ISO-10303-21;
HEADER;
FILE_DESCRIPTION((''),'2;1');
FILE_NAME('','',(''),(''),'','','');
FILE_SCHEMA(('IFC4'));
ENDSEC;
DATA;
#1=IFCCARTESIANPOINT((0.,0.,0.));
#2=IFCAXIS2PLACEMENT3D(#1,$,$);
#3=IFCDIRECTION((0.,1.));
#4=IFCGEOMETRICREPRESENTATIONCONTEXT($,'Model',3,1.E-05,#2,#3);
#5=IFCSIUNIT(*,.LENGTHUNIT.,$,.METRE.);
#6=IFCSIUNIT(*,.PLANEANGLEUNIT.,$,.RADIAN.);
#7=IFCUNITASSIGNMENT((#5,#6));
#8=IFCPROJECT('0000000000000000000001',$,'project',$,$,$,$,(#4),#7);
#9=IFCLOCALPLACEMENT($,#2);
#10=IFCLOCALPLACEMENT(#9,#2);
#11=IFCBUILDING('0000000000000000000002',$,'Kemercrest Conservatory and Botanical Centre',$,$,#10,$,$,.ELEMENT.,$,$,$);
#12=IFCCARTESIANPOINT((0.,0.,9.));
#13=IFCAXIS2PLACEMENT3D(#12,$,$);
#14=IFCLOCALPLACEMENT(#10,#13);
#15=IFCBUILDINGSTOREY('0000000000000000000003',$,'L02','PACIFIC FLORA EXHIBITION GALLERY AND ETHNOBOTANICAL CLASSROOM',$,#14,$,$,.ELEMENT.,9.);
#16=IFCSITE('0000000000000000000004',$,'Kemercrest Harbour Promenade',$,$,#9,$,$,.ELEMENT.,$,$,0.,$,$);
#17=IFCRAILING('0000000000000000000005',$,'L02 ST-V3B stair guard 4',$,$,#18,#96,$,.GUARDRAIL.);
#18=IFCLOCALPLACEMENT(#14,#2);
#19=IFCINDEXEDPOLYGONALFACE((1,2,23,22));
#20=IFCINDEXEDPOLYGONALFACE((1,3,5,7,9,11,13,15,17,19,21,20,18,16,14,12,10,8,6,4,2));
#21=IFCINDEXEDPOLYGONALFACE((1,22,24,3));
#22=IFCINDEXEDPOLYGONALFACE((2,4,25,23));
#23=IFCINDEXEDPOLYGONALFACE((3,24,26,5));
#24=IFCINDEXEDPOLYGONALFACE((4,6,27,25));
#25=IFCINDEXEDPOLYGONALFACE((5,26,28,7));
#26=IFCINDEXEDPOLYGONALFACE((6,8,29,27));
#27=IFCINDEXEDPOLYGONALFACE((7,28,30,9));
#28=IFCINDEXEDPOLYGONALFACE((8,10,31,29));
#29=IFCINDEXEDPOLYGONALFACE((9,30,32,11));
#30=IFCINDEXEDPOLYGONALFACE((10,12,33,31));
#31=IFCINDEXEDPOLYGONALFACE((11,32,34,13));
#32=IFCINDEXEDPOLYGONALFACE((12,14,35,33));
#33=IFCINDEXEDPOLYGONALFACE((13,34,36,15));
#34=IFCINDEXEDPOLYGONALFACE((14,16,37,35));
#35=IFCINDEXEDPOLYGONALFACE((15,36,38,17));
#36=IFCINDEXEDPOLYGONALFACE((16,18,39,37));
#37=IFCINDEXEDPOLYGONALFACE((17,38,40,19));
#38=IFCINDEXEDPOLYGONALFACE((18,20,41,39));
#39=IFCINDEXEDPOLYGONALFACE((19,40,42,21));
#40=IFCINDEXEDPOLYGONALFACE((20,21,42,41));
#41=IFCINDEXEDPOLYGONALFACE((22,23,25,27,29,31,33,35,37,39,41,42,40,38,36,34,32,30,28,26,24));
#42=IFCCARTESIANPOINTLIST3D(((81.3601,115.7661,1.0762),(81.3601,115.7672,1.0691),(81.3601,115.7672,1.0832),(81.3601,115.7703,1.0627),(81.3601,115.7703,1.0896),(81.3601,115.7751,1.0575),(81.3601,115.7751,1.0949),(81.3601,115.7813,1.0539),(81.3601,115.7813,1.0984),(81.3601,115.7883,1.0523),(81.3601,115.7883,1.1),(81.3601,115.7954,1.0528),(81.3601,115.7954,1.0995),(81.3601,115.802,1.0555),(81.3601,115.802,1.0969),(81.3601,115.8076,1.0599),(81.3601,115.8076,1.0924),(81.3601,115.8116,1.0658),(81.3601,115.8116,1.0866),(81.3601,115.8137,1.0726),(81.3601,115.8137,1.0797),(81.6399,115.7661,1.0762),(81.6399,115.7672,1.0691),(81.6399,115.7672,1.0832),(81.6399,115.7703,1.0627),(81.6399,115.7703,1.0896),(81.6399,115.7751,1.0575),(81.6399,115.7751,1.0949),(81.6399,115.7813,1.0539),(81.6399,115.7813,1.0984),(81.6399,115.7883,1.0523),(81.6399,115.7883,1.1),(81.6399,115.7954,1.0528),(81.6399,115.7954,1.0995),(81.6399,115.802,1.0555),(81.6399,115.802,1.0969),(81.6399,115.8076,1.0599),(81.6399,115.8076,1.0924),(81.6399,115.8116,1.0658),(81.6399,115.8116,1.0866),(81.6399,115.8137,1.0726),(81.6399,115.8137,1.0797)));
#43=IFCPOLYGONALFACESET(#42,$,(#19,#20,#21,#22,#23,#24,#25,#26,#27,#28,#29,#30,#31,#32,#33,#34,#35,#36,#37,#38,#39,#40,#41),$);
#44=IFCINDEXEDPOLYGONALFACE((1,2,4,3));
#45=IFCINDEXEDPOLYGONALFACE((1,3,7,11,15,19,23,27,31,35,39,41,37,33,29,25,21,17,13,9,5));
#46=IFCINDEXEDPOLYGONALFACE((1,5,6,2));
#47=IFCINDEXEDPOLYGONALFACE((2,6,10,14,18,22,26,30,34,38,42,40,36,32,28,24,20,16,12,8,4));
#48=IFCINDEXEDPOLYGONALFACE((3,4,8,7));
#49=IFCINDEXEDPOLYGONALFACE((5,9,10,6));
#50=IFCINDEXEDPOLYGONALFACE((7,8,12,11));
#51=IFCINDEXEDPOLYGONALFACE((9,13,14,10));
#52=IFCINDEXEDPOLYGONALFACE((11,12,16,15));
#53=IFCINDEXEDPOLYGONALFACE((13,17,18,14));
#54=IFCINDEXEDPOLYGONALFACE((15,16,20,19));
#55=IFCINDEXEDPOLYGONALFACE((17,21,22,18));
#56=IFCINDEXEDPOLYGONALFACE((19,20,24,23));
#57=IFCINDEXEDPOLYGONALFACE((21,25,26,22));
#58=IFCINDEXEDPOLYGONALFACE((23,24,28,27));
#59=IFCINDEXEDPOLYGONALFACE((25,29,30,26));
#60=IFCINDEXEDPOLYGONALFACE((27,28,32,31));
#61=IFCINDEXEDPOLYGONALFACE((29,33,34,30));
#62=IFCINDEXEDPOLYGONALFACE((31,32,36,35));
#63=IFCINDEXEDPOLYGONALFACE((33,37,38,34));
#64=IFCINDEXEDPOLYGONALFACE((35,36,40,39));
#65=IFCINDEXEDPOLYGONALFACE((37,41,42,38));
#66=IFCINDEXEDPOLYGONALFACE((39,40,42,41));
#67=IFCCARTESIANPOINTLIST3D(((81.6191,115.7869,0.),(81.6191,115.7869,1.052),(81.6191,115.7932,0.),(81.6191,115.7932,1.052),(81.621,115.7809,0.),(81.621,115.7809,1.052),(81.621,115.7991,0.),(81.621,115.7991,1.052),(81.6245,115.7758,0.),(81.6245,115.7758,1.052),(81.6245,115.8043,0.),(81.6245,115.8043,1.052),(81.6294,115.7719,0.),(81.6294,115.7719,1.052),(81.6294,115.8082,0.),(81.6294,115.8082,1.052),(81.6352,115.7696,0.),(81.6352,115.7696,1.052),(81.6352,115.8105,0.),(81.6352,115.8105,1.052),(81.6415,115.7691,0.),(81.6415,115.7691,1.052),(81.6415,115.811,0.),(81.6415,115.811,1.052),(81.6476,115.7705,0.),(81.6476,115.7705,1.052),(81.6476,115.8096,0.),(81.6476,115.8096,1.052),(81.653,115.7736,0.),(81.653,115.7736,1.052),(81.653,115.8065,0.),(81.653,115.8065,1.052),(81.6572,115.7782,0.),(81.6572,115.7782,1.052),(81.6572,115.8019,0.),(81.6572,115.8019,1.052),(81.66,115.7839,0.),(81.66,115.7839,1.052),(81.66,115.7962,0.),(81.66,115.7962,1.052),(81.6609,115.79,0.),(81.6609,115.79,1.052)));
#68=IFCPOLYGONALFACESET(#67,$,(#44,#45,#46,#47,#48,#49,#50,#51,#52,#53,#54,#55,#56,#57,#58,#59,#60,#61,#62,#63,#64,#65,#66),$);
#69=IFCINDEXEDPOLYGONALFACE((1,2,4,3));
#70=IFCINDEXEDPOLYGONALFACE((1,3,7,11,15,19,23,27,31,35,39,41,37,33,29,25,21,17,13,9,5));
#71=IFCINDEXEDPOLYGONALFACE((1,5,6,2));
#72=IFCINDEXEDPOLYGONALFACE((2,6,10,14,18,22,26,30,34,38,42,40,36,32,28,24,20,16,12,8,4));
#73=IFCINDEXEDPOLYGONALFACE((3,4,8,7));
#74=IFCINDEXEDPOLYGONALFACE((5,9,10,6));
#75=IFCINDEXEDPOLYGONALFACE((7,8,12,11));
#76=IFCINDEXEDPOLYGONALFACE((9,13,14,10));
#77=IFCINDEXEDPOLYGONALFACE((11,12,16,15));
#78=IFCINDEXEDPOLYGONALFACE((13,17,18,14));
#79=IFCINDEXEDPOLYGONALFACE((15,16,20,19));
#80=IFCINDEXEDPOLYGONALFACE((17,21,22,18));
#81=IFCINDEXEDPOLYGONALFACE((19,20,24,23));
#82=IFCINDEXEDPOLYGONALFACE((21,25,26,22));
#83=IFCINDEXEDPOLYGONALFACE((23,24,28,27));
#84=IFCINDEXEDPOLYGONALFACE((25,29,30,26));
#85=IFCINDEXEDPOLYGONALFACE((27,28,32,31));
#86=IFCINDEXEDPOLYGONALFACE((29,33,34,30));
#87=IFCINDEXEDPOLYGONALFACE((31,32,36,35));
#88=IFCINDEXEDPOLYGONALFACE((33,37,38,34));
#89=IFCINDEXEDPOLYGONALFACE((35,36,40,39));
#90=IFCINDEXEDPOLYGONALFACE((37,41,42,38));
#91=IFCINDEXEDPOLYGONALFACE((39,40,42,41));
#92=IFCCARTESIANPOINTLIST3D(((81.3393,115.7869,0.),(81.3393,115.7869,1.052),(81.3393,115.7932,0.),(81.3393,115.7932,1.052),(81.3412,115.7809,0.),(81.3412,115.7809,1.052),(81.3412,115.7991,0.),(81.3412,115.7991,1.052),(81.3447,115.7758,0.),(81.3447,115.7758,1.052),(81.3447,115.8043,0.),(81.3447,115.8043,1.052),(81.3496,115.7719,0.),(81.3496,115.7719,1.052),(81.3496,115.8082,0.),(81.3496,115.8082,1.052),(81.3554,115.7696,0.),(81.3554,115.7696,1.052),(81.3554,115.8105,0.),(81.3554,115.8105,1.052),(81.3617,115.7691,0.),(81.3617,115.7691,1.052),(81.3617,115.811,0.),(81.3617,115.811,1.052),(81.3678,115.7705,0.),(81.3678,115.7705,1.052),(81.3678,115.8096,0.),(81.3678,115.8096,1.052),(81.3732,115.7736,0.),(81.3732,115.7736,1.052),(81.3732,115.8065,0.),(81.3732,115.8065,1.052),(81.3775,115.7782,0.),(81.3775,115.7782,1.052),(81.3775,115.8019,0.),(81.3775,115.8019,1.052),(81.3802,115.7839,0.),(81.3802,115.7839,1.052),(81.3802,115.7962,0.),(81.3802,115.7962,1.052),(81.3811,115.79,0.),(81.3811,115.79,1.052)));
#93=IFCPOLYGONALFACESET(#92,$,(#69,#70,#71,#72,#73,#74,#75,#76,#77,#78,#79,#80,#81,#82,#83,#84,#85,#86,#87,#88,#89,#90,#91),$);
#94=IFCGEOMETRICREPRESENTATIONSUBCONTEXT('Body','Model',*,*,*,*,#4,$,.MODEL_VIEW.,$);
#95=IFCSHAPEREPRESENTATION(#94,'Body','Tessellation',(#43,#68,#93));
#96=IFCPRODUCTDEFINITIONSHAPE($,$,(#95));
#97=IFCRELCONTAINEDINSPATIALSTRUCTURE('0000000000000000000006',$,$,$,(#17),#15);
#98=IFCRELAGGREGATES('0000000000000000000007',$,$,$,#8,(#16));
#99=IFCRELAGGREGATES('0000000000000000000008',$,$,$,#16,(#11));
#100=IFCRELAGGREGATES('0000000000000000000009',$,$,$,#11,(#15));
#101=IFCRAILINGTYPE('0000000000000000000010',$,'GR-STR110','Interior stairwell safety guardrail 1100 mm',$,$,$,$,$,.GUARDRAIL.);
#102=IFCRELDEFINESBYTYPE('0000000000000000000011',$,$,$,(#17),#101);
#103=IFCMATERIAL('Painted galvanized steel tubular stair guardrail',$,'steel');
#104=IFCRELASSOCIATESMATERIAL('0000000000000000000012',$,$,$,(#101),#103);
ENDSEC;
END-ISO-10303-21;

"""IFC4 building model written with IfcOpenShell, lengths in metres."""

from ifc_helpers import new_model, si_unit, direction, frame, origin, origin_2d, place, context, subcontext, project, spatial, circle, extrude, material, type_object, element, save


model = new_model("IFC4")

# Units and contexts
model_context = context("Model", 3, precision=1e-05, world=origin(), true_north=direction((0.0, 1.0)))
body_context = subcontext(model_context, "Body", "Model", "MODEL_VIEW")
ifc_project = project(units=[si_unit("LENGTHUNIT", "METRE"), si_unit("PLANEANGLEUNIT", "RADIAN")], contexts=[model_context])

# Site, building, storey
site_placement = place(None, origin())
site = spatial("IfcSite", under=ifc_project, at=site_placement, Name="Kemercrest Harbour Promenade", CompositionType="ELEMENT", RefElevation=0.0)
building_placement = place(site_placement, origin())
building = spatial("IfcBuilding", under=site, at=building_placement, Name="Kemercrest Conservatory and Botanical Centre", CompositionType="ELEMENT")
storey_placement = place(building_placement, frame((0.0, 0.0, 9.0)))
storey = spatial("IfcBuildingStorey", under=building, at=storey_placement, Name="L02", Description="PACIFIC FLORA EXHIBITION GALLERY AND ETHNOBOTANICAL CLASSROOM", CompositionType="ELEMENT", Elevation=9.0)

# Railing
ifc_material_1 = material(Name="Painted galvanized steel tubular stair guardrail", Category="steel")
railing_type_1 = type_object("IfcRailingType", Name="GR-STR110", Description="Interior stairwell safety guardrail 1100 mm", PredefinedType="GUARDRAIL", material=ifc_material_1)
railing_1_placement = place(storey_placement, frame((81.6399, 115.79, 0.0)))
element("IfcRailing", 1, at=railing_1_placement, inside=storey, type_object=railing_type_1, Name="L02 ST-V3B stair guard 4", PredefinedType="GUARDRAIL", context=body_context, shape_type="SweptSolid", body=[
    extrude(circle(Radius=0.0239, at=origin_2d()), frame((0.0, 0.0, 1.0762), z_axis=(-1.0, 0.0, 0.0), x_axis=(0.0, -1.0, 0.0)), (0.0, 0.0, 1.0), 0.2798),
    extrude(circle(Radius=0.021, at=origin_2d()), origin(), (0.0, 0.0, 1.0), 1.052),
    extrude(circle(Radius=0.021, at=origin_2d()), frame((-0.2798, 0.0, 0.0)), (0.0, 0.0, 1.0), 1.052),
])

save(model, "model.ifc")
